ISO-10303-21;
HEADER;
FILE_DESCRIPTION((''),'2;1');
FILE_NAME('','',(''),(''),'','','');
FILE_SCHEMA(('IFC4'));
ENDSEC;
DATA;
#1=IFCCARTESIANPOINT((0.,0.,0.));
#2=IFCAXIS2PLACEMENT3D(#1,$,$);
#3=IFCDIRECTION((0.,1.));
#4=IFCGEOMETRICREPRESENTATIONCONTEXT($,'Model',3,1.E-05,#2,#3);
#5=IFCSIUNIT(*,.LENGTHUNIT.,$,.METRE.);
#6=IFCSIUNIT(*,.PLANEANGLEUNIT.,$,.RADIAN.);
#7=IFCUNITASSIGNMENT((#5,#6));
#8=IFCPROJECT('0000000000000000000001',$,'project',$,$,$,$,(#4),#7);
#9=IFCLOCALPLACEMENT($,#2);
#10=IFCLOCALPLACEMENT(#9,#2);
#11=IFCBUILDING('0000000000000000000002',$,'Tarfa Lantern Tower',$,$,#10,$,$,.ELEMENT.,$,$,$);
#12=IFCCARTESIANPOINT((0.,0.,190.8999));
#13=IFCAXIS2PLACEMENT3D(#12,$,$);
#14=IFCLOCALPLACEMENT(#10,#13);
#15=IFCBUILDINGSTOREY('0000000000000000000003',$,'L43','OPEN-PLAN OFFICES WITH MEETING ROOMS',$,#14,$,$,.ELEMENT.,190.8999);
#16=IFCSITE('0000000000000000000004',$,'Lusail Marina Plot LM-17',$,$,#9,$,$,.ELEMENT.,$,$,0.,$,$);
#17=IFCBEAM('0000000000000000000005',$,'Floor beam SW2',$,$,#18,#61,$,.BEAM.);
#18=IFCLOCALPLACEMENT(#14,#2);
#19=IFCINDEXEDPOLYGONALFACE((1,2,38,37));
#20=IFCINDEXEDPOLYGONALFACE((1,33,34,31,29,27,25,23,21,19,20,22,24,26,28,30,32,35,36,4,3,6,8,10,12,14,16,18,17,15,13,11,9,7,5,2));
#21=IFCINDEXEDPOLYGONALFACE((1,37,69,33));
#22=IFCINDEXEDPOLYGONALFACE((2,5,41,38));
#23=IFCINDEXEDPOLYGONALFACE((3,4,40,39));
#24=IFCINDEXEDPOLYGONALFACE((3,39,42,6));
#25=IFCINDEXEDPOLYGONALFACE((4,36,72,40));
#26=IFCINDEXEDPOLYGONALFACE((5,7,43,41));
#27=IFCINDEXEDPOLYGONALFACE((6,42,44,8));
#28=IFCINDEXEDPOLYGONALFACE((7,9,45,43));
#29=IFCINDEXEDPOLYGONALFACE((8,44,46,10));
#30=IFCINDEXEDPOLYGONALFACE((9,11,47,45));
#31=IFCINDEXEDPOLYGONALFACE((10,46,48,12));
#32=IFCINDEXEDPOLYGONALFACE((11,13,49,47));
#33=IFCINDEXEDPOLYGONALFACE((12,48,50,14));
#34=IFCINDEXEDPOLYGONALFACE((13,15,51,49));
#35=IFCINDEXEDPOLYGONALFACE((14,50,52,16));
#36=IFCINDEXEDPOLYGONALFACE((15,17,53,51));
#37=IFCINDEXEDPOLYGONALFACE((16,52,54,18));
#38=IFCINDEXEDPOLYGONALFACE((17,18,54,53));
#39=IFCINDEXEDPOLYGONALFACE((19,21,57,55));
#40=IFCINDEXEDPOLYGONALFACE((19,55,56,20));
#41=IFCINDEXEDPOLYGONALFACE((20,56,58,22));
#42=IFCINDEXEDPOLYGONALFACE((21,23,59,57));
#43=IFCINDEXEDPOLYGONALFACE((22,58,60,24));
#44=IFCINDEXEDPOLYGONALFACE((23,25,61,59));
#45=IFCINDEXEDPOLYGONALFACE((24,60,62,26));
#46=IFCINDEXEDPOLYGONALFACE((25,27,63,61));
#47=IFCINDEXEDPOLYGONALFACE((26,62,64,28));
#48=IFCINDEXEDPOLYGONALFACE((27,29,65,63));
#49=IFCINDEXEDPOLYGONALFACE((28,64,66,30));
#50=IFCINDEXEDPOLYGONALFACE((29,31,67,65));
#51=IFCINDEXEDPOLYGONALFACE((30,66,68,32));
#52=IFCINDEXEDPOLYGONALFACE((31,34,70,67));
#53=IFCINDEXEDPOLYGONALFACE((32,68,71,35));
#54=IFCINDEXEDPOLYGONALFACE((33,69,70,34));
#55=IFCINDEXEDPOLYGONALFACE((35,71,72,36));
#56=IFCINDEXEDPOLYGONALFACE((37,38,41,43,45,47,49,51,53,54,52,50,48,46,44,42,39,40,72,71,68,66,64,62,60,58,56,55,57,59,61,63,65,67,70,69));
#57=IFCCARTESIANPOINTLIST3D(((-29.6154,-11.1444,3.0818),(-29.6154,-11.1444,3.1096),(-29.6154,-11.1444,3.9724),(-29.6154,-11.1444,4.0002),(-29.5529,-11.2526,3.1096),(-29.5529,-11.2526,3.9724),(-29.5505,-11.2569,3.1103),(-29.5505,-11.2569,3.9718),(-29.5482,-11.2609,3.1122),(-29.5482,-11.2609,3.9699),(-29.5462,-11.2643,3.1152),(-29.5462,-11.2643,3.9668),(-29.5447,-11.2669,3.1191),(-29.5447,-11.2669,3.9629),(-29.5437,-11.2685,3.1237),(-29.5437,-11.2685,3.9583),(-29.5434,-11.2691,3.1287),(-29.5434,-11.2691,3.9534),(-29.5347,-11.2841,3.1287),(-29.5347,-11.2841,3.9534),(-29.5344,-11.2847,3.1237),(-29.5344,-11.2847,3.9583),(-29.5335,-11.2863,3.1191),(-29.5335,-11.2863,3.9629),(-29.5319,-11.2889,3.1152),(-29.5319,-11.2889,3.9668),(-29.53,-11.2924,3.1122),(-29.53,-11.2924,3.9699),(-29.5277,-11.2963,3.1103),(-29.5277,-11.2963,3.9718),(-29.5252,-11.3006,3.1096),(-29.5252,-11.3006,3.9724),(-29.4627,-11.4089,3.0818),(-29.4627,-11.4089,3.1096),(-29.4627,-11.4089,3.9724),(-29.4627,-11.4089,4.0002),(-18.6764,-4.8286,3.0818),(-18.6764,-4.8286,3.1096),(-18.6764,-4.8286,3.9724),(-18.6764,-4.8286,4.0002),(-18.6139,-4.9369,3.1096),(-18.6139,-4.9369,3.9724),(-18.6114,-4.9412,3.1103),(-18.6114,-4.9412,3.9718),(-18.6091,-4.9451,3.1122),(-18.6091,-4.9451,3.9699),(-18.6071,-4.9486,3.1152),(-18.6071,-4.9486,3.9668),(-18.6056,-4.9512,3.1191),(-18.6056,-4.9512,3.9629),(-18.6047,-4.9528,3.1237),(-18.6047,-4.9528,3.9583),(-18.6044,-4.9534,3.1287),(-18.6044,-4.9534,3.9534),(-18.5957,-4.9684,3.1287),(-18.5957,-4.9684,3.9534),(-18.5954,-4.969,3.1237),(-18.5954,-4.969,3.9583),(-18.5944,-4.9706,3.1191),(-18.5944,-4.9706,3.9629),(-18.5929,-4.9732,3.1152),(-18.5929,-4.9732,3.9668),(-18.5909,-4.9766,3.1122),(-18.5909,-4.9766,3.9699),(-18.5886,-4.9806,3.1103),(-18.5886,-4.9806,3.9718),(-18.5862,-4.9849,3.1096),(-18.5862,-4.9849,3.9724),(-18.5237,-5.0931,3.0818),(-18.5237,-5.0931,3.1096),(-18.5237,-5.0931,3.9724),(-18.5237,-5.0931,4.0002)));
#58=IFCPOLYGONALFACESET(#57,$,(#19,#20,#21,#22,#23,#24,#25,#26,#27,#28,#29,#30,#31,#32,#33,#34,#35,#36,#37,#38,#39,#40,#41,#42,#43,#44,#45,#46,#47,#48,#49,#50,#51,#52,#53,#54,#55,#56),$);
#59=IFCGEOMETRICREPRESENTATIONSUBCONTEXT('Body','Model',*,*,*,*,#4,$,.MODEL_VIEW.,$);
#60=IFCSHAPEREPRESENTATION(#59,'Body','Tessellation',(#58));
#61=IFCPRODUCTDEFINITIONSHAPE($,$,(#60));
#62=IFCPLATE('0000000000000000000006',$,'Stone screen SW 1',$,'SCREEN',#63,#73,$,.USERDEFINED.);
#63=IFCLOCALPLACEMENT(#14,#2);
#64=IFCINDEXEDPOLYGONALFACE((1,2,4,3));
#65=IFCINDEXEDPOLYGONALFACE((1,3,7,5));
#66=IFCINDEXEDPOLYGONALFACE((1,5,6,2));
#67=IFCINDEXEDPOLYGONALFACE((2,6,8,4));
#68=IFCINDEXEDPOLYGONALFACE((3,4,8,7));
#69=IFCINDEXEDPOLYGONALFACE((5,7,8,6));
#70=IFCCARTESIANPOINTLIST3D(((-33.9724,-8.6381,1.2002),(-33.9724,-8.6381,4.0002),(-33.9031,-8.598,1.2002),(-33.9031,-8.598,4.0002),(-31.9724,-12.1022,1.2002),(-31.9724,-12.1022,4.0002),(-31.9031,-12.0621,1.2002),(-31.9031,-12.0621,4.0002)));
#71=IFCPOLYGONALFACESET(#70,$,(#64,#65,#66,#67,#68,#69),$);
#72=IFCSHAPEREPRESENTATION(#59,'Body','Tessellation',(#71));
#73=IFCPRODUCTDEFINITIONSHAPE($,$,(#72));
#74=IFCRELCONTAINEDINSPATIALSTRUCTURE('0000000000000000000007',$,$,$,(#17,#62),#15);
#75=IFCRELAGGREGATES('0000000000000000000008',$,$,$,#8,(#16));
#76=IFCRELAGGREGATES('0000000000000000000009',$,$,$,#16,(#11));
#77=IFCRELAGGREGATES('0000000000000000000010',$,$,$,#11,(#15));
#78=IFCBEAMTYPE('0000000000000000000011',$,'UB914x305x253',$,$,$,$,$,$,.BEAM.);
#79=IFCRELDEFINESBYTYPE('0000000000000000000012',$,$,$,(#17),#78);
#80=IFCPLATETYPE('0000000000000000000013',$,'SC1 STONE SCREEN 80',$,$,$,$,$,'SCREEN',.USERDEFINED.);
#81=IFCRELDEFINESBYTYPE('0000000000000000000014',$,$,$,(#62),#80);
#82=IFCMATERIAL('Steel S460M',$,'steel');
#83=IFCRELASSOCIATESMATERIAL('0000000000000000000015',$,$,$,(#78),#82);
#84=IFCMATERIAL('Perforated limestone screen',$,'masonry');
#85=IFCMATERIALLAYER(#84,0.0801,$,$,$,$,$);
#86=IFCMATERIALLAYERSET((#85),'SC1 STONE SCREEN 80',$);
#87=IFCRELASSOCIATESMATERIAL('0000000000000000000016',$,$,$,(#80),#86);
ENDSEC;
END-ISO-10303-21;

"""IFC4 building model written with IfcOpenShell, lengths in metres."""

from ifc_helpers import new_model, si_unit, direction, frame, origin, origin_2d, place, context, subcontext, project, spatial, rectangle, i_section, extrude, material, layer, layer_set, material_profile, profile_set, type_object, element, save


model = new_model("IFC4")

# Units and contexts
model_context = context("Model", 3, precision=1e-05, world=origin(), true_north=direction((0.0, 1.0)))
body_context = subcontext(model_context, "Body", "Model", "MODEL_VIEW")
ifc_project = project(units=[si_unit("LENGTHUNIT", "METRE"), si_unit("PLANEANGLEUNIT", "RADIAN")], contexts=[model_context])

# Site, building, storey
site_placement = place(None, origin())
site = spatial("IfcSite", under=ifc_project, at=site_placement, Name="Lusail Marina Plot LM-17", CompositionType="ELEMENT", RefElevation=0.0)
building_placement = place(site_placement, origin())
building = spatial("IfcBuilding", under=site, at=building_placement, Name="Tarfa Lantern Tower", CompositionType="ELEMENT")
storey_placement = place(building_placement, frame((0.0, 0.0, 190.8999)))
storey = spatial("IfcBuildingStorey", under=building, at=storey_placement, Name="L43", Description="OPEN-PLAN OFFICES WITH MEETING ROOMS", CompositionType="ELEMENT", Elevation=190.8999)

# Beam
ifc_material_1 = material(Name="Steel S460M", Category="steel")
ifc_material_profile_1 = material_profile(ifc_material_1, i_section(OverallWidth=0.3054, OverallDepth=0.9185, WebThickness=0.0173, FlangeThickness=0.0278, FilletRadius=0.019, at=origin_2d()), Name="UB914x305x253")
ifc_profile_set_1 = profile_set([ifc_material_profile_1], Name="Steel S460M")
beam_type_1 = type_object("IfcBeamType", Name="UB914x305x253", PredefinedType="BEAM", material=ifc_profile_set_1)
beam_1_placement = place(storey_placement, frame((-29.5391, -11.2766, 3.541), z_axis=(0.866023, 0.500004, 0.0), x_axis=(-0.500004, 0.866023, 0.0)))
element("IfcBeam", 1, at=beam_1_placement, inside=storey, type_object=beam_type_1, Name="Floor beam SW2", PredefinedType="BEAM", context=body_context, shape_type="SweptSolid", body=[
    extrude(i_section(OverallWidth=0.3054, OverallDepth=0.9185, WebThickness=0.0173, FlangeThickness=0.0278, FilletRadius=0.019, at=origin_2d()), origin(), (0.0, 0.0, 1.0), 12.6313),
])

# Plate
ifc_material_2 = material(Name="Perforated limestone screen", Category="masonry")
ifc_layer_1 = layer(ifc_material_2, 0.0801)
ifc_layer_set_1 = layer_set([ifc_layer_1], Name="SC1 STONE SCREEN 80")
plate_type = type_object("IfcPlateType", Name="SC1 STONE SCREEN 80", ElementType="SCREEN", PredefinedType="USERDEFINED", material=ifc_layer_set_1)
plate_placement = place(storey_placement, frame((-32.9377, -10.3501, 1.2002), z_axis=(0.0, 0.0, 1.0), x_axis=(0.5, -0.866025, 0.0)))
element("IfcPlate", 2, at=plate_placement, inside=storey, type_object=plate_type, Name="Stone screen SW 1", ObjectType="SCREEN", PredefinedType="USERDEFINED", context=body_context, shape_type="SweptSolid", body=[
    extrude(rectangle(XDim=4.0, YDim=0.0801, at=origin_2d()), origin(), (0.0, 0.0, 1.0), 2.8),
])

save(model, "model.ifc")
